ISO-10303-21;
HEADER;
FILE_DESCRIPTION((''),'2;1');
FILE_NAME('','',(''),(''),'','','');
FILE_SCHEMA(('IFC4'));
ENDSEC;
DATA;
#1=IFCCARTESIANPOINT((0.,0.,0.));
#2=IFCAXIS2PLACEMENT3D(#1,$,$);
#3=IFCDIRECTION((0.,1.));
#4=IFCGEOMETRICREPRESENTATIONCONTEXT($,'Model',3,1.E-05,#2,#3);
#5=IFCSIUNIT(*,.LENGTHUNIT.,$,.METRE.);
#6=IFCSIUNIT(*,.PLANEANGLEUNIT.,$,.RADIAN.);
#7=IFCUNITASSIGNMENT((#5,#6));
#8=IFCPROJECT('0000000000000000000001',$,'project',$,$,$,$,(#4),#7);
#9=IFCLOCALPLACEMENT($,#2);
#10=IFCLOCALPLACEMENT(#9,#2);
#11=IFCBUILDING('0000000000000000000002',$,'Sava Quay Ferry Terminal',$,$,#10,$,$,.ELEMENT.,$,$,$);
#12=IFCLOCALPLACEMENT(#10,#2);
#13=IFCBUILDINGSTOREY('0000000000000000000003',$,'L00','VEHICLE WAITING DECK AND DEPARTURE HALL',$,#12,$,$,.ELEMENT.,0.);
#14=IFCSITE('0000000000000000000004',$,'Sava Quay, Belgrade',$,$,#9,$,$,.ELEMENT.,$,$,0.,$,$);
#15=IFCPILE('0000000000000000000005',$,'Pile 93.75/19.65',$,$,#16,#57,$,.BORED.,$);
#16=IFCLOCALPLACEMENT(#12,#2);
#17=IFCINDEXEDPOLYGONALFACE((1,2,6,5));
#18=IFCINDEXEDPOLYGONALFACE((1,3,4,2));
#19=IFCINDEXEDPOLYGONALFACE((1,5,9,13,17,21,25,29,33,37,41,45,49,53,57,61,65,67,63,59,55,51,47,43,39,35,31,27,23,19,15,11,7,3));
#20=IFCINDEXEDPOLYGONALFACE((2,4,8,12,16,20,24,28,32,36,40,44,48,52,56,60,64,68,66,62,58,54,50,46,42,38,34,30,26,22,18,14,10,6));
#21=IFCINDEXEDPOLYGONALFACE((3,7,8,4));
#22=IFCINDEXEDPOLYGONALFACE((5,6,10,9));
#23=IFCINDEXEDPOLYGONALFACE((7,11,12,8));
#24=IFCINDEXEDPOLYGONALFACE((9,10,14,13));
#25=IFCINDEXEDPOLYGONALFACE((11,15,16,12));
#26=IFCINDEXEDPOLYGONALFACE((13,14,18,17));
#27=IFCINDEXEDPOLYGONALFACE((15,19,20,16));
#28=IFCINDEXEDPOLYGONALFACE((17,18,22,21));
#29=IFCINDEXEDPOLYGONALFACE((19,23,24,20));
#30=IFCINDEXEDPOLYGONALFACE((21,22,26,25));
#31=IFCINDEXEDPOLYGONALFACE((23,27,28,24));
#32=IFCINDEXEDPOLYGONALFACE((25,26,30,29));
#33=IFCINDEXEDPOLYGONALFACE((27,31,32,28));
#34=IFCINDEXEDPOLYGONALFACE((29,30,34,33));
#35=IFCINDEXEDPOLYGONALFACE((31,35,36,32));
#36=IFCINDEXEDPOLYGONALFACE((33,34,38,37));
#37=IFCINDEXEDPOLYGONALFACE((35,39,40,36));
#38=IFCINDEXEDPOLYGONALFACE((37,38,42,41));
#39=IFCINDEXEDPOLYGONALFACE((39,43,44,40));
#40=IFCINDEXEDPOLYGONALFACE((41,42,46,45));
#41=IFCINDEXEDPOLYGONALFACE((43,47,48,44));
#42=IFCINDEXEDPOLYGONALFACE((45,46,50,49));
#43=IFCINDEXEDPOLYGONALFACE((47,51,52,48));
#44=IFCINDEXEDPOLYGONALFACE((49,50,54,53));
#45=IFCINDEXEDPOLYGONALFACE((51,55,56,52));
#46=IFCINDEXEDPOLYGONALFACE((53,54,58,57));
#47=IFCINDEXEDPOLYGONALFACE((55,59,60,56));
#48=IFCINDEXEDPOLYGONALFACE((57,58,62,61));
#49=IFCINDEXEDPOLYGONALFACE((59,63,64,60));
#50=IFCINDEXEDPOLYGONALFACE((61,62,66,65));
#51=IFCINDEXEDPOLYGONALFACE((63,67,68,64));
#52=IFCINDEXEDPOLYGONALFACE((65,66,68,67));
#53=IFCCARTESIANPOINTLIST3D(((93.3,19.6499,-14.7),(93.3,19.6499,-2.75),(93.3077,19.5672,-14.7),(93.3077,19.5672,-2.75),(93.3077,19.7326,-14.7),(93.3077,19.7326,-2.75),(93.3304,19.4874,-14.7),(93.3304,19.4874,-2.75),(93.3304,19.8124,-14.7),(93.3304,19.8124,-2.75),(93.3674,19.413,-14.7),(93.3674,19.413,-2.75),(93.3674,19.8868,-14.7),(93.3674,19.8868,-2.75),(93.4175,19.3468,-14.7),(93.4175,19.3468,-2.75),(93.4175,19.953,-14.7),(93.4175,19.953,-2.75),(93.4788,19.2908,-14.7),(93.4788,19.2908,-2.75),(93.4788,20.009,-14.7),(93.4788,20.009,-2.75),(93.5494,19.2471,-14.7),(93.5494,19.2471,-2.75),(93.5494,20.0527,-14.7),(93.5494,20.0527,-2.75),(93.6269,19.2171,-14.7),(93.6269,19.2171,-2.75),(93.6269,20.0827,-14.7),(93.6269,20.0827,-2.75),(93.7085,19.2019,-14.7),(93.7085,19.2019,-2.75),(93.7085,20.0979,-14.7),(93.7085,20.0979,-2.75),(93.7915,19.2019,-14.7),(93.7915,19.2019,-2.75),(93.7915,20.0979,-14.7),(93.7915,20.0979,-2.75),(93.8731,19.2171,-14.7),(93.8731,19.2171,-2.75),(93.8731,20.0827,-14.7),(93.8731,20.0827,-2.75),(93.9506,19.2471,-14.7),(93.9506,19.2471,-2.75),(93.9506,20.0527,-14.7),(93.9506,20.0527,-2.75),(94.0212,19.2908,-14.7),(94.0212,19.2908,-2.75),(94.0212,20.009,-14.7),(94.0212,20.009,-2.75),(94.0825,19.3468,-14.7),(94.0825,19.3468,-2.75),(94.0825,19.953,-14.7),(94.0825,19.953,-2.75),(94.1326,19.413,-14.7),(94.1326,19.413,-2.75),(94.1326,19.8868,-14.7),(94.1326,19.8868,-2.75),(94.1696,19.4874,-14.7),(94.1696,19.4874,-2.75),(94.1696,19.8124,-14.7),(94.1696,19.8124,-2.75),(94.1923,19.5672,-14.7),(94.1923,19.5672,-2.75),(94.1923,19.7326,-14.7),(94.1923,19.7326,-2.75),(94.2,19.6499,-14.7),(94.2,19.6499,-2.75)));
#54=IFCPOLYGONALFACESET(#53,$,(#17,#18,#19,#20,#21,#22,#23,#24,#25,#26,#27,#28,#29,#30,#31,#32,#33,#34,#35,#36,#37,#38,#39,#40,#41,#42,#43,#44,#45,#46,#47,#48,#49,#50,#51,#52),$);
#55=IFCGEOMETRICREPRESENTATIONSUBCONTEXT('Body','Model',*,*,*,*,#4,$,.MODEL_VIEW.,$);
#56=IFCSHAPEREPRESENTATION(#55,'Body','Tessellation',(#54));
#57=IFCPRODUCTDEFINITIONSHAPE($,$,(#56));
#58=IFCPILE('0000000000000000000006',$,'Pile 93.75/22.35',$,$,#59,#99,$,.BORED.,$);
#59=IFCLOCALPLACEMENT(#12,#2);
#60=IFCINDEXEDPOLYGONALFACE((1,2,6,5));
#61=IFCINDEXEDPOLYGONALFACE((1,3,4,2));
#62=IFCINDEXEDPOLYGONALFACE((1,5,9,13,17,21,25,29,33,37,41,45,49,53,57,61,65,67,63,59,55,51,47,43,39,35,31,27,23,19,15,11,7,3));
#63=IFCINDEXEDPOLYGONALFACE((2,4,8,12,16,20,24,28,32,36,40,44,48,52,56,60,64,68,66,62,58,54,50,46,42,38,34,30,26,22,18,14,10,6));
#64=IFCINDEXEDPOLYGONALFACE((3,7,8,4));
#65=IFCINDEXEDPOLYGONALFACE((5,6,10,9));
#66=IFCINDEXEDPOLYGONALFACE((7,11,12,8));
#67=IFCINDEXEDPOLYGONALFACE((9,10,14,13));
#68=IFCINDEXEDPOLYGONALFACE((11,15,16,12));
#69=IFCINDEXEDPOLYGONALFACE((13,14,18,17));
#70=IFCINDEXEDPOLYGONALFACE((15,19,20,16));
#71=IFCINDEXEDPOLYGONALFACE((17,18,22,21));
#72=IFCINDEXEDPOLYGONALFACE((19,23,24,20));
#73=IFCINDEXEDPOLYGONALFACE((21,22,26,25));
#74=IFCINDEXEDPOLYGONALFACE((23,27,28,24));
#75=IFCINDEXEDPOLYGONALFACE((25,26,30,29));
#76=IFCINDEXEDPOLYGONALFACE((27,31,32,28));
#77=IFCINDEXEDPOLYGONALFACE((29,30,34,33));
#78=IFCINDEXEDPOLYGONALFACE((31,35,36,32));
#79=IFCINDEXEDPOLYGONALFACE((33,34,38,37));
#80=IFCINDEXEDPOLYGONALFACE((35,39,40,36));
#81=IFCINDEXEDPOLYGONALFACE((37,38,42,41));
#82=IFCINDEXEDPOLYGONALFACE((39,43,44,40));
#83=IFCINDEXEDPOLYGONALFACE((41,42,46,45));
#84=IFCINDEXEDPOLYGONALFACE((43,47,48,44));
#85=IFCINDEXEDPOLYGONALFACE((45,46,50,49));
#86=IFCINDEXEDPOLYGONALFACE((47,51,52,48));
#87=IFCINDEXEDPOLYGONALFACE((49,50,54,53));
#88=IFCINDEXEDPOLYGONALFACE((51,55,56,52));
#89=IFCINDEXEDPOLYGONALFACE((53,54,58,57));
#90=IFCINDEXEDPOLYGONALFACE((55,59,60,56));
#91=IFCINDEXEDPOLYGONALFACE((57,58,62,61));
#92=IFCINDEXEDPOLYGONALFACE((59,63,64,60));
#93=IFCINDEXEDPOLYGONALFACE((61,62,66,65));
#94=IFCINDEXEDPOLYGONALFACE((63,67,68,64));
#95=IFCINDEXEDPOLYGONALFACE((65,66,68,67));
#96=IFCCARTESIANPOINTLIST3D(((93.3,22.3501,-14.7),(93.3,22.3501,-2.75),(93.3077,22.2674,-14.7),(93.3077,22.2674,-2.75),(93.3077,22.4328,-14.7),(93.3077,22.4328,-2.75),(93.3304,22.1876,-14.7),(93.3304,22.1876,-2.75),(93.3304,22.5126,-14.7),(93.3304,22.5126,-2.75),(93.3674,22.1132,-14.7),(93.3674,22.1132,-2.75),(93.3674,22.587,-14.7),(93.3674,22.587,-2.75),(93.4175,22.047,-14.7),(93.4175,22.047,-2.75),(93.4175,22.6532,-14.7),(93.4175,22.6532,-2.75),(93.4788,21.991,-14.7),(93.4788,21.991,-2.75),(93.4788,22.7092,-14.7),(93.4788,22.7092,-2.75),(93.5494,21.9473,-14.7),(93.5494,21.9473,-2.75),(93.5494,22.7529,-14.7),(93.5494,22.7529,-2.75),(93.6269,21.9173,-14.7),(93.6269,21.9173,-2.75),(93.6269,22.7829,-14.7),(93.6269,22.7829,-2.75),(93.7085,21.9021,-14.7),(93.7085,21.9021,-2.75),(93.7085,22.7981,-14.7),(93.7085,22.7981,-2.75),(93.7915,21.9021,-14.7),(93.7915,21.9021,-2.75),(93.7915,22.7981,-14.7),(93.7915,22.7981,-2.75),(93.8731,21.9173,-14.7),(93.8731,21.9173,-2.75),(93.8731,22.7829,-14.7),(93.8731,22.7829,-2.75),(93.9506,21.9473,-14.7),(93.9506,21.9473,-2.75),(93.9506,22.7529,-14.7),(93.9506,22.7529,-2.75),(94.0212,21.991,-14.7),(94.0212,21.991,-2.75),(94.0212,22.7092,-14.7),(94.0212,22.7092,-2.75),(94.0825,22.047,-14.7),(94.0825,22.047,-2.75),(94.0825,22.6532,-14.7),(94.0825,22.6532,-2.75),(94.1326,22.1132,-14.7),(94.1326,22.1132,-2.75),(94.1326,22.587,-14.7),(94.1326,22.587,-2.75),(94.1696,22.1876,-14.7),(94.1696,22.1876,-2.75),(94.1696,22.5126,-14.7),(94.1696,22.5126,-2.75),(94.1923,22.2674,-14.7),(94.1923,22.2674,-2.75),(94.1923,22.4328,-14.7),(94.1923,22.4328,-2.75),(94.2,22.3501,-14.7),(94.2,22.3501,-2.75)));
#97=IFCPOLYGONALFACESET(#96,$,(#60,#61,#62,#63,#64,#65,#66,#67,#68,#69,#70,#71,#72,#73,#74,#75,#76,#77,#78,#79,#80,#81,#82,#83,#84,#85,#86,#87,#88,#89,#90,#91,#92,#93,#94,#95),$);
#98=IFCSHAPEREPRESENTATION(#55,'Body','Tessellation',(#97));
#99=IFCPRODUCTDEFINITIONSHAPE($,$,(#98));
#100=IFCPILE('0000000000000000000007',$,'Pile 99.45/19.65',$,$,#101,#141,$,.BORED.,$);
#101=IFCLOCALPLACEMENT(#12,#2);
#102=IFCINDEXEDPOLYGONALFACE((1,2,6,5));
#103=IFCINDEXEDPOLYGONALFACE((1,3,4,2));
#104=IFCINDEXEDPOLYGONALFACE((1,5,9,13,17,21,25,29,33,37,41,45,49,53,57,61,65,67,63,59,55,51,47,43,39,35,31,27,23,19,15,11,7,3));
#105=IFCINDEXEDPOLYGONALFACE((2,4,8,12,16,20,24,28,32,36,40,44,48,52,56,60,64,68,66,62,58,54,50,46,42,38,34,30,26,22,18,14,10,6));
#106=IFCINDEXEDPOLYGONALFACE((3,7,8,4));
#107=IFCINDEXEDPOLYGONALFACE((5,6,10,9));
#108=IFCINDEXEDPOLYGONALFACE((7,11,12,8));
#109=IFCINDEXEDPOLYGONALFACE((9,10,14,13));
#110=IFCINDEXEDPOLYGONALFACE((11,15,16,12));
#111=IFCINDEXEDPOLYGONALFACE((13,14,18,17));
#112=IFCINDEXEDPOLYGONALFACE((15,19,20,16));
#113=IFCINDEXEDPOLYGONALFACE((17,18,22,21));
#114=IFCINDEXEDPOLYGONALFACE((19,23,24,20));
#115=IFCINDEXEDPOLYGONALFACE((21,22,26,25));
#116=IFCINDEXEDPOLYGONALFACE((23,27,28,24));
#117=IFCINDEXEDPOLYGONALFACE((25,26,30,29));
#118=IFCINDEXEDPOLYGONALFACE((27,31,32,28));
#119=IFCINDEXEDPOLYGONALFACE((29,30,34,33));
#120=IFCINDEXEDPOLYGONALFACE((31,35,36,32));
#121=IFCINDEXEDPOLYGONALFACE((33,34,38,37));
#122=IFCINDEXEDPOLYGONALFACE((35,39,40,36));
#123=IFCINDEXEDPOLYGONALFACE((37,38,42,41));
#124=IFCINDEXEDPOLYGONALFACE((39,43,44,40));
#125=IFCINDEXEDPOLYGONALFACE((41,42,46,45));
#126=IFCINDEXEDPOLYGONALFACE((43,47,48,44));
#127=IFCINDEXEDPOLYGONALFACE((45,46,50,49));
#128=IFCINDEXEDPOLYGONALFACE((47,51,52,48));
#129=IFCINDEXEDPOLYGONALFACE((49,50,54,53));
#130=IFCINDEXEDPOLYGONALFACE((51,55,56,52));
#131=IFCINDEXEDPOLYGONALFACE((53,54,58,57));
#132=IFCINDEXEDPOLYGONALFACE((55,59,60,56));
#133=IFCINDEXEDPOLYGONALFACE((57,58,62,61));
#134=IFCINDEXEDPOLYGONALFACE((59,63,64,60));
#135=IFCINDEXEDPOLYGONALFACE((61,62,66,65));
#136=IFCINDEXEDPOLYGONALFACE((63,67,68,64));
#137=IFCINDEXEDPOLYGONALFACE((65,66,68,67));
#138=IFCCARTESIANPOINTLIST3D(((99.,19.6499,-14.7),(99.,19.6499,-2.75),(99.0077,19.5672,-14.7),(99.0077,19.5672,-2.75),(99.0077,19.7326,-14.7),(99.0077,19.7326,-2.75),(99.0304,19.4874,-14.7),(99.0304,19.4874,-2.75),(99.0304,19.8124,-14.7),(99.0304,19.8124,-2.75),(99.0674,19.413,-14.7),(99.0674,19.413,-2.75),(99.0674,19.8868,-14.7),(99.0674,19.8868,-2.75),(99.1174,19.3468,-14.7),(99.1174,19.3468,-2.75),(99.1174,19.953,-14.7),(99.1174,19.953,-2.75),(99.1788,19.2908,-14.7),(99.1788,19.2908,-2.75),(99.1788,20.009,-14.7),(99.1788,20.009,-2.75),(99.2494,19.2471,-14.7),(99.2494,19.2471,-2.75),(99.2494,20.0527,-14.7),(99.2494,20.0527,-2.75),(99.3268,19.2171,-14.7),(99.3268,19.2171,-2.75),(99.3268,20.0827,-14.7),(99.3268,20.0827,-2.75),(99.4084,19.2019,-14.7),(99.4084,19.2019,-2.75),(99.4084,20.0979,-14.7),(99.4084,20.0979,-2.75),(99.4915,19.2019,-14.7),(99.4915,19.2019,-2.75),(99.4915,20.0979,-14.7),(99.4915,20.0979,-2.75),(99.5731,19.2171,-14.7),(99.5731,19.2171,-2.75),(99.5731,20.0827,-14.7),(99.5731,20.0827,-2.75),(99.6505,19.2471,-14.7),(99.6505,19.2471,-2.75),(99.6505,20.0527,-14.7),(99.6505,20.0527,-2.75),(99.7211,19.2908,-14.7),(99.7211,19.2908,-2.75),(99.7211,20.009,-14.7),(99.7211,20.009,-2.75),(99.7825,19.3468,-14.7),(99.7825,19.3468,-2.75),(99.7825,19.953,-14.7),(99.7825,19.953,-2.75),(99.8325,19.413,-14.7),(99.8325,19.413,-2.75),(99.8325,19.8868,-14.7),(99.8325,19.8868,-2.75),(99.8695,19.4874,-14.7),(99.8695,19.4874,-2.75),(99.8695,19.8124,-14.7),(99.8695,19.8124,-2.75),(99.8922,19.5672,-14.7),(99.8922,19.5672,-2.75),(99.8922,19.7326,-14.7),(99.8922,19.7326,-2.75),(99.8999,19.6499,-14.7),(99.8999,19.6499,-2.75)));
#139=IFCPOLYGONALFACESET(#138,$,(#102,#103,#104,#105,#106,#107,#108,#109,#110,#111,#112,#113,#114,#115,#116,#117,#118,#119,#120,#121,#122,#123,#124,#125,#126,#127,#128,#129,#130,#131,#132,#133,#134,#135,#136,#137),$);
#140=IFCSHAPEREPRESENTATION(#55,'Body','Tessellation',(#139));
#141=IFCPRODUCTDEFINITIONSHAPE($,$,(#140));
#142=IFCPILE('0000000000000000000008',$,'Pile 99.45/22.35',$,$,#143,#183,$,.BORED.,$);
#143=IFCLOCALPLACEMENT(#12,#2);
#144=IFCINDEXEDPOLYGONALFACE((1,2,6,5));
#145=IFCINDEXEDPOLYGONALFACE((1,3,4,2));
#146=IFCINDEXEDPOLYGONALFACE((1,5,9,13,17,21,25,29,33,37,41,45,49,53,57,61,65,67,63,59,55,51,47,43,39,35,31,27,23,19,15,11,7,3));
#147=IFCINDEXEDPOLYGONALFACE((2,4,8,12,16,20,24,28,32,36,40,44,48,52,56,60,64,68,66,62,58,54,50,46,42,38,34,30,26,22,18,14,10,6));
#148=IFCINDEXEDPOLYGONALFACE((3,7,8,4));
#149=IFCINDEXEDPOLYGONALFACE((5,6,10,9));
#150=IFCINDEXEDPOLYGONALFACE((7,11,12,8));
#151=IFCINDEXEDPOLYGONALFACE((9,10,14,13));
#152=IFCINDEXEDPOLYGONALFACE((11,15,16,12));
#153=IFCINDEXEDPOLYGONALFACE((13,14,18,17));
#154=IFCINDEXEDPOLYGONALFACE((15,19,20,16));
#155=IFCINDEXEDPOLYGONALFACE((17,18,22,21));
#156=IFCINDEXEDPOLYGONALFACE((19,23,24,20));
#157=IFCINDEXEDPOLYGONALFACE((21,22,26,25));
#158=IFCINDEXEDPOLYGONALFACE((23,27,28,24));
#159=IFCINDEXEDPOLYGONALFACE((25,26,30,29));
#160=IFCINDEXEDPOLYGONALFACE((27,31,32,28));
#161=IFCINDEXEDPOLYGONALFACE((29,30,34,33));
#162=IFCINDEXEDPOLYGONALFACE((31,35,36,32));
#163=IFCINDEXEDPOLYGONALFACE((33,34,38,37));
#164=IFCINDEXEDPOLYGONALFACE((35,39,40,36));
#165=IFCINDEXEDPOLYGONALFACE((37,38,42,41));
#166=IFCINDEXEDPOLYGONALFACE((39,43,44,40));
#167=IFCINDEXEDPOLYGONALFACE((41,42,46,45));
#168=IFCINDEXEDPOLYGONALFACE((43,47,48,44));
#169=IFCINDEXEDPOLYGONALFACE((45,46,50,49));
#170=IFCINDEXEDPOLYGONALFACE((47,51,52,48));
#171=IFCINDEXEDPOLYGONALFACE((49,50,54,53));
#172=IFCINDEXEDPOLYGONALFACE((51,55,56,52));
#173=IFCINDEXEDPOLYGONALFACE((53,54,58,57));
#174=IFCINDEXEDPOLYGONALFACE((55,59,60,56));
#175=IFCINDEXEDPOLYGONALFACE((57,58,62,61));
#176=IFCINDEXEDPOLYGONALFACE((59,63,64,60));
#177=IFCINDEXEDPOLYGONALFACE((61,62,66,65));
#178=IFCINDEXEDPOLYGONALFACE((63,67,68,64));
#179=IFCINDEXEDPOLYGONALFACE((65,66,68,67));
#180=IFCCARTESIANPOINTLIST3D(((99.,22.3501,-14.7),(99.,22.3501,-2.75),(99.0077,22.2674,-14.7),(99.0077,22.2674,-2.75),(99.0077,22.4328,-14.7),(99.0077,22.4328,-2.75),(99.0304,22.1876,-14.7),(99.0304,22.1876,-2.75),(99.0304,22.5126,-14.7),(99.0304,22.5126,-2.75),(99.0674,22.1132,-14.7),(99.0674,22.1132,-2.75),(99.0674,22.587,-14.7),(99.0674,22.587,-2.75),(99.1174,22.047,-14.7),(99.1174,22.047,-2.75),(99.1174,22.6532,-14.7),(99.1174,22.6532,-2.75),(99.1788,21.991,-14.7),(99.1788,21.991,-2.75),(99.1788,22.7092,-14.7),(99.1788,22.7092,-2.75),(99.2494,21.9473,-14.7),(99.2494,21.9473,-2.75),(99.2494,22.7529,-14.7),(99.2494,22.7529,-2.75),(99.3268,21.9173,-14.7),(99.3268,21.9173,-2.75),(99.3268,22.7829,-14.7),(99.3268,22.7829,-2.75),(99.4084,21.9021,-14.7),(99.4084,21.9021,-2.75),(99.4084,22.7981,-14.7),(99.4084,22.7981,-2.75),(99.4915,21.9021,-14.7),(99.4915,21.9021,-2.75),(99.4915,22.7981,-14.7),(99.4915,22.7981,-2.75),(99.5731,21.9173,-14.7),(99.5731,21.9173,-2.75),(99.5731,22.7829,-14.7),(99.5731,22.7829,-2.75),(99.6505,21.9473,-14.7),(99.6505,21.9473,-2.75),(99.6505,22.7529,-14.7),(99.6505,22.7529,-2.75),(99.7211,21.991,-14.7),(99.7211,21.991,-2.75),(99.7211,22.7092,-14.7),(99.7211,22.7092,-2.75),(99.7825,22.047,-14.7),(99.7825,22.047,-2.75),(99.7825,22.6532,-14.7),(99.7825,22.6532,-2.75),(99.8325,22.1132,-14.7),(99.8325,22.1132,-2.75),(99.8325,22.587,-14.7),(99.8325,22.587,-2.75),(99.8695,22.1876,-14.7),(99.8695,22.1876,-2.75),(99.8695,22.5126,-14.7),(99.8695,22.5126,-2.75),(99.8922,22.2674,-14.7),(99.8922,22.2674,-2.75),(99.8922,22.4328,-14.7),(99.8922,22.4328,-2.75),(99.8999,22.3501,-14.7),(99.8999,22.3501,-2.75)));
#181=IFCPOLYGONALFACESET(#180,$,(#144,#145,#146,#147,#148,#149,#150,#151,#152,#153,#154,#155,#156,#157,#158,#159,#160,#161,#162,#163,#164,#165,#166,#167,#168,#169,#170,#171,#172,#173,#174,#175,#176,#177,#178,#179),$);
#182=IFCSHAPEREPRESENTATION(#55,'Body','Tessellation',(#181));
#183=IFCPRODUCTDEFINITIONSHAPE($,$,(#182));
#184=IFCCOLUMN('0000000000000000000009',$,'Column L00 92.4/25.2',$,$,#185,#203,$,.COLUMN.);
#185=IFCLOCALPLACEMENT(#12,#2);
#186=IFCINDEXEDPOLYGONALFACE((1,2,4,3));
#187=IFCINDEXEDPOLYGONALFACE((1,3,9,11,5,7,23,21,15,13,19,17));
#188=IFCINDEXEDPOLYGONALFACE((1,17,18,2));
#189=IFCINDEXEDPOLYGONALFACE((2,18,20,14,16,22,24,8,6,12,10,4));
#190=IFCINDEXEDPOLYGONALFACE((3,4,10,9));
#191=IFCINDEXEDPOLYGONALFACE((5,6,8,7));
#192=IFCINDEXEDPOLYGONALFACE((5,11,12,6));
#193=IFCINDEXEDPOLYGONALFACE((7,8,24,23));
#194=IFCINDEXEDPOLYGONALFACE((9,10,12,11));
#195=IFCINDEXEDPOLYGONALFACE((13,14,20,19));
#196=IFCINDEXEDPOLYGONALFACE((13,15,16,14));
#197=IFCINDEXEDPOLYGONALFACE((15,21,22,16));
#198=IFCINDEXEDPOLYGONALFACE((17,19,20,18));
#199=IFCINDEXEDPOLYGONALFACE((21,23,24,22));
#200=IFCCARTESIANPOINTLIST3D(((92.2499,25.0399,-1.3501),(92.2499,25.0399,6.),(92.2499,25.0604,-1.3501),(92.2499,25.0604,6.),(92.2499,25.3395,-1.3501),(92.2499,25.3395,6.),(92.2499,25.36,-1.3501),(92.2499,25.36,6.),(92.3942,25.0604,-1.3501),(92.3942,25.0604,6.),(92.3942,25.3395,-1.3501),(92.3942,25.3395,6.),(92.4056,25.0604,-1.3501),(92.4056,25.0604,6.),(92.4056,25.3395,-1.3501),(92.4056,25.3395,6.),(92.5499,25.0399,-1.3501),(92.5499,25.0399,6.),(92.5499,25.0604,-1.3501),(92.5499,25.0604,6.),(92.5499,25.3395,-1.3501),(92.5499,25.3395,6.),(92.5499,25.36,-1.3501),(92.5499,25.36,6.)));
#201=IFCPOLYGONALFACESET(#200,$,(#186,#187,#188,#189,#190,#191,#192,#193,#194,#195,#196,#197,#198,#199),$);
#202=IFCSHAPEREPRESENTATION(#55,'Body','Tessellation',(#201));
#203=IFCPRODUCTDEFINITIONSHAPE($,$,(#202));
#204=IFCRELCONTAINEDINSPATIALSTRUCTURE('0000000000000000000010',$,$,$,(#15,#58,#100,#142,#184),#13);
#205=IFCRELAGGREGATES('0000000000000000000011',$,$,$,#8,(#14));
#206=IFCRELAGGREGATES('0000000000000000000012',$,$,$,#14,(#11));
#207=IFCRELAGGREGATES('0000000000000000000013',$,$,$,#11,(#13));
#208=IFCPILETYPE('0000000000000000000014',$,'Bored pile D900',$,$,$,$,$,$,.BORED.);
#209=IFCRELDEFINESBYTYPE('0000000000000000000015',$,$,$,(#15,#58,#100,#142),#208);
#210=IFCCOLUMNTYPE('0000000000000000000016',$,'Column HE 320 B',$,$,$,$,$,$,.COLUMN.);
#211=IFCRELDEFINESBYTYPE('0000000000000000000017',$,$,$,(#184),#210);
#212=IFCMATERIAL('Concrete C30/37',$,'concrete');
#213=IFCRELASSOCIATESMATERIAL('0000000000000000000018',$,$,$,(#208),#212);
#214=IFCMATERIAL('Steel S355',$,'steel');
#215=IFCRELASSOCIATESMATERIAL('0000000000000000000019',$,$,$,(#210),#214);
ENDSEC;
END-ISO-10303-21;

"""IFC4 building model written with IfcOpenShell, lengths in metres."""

from ifc_helpers import new_model, si_unit, direction, frame, origin, origin_2d, place, context, subcontext, project, spatial, circle, i_section, extrude, material, material_profile, profile_set, type_object, element, save


model = new_model("IFC4")

# Units and contexts
model_context = context("Model", 3, precision=1e-05, world=origin(), true_north=direction((0.0, 1.0)))
body_context = subcontext(model_context, "Body", "Model", "MODEL_VIEW")
ifc_project = project(units=[si_unit("LENGTHUNIT", "METRE"), si_unit("PLANEANGLEUNIT", "RADIAN")], contexts=[model_context])

# Site, building, storey
site_placement = place(None, origin())
site = spatial("IfcSite", under=ifc_project, at=site_placement, Name="Sava Quay, Belgrade", CompositionType="ELEMENT", RefElevation=0.0)
building_placement = place(site_placement, origin())
building = spatial("IfcBuilding", under=site, at=building_placement, Name="Sava Quay Ferry Terminal", CompositionType="ELEMENT")
storey_placement = place(building_placement, origin())
storey = spatial("IfcBuildingStorey", under=building, at=storey_placement, Name="L00", Description="VEHICLE WAITING DECK AND DEPARTURE HALL", CompositionType="ELEMENT", Elevation=0.0)

# Piles
ifc_material_1 = material(Name="Concrete C30/37", Category="concrete")
ifc_material_profile_1 = material_profile(ifc_material_1, circle(Radius=0.45, at=origin_2d()), Name="Bored pile D900")
ifc_profile_set_1 = profile_set([ifc_material_profile_1], Name="Concrete C30/37")
pile_type = type_object("IfcPileType", Name="Bored pile D900", PredefinedType="BORED", material=ifc_profile_set_1)
for number, where, z_axis, x_axis, name in (
    (1, (93.75, 19.6499, -2.75), (0.0, 0.0, -1.0), (1.0, 0.0, 0.0), "Pile 93.75/19.65"),
    (2, (93.75, 22.3501, -2.75), (0.0, 0.0, -1.0), (1.0, 0.0, 0.0), "Pile 93.75/22.35"),
    (3, (99.45, 19.6499, -2.75), (0.0, 0.0, -1.0), (1.0, 0.0, 0.0), "Pile 99.45/19.65"),
    (4, (99.45, 22.3501, -2.75), (0.0, 0.0, -1.0), (1.0, 0.0, 0.0), "Pile 99.45/22.35"),
):
    element("IfcPile", number, at=place(storey_placement, frame(where, z_axis=z_axis, x_axis=x_axis)), inside=storey, type_object=pile_type, Name=name, PredefinedType="BORED", context=body_context, shape_type="SweptSolid", body=[
        extrude(circle(Radius=0.45, at=origin_2d()), origin(), (0.0, 0.0, 1.0), 11.95),
    ])

# Column
ifc_material_2 = material(Name="Steel S355", Category="steel")
ifc_material_profile_2 = material_profile(ifc_material_2, i_section(OverallWidth=0.3, OverallDepth=0.3201, WebThickness=0.0115, FlangeThickness=0.0205, at=origin_2d()), Name="HE 320 B")
ifc_profile_set_2 = profile_set([ifc_material_profile_2], Name="Steel S355")
column_type = type_object("IfcColumnType", Name="Column HE 320 B", PredefinedType="COLUMN", material=ifc_profile_set_2)
column_placement = place(storey_placement, frame((92.3999, 25.2, -1.3501), z_axis=(0.0, 0.0, 1.0), x_axis=(1.0, 0.0, 0.0)))
element("IfcColumn", 5, at=column_placement, inside=storey, type_object=column_type, Name="Column L00 92.4/25.2", PredefinedType="COLUMN", context=body_context, shape_type="SweptSolid", body=[
    extrude(i_section(OverallWidth=0.3, OverallDepth=0.3201, WebThickness=0.0115, FlangeThickness=0.0205, at=origin_2d()), origin(), (0.0, 0.0, 1.0), 7.3501),
])

save(model, "model.ifc")
